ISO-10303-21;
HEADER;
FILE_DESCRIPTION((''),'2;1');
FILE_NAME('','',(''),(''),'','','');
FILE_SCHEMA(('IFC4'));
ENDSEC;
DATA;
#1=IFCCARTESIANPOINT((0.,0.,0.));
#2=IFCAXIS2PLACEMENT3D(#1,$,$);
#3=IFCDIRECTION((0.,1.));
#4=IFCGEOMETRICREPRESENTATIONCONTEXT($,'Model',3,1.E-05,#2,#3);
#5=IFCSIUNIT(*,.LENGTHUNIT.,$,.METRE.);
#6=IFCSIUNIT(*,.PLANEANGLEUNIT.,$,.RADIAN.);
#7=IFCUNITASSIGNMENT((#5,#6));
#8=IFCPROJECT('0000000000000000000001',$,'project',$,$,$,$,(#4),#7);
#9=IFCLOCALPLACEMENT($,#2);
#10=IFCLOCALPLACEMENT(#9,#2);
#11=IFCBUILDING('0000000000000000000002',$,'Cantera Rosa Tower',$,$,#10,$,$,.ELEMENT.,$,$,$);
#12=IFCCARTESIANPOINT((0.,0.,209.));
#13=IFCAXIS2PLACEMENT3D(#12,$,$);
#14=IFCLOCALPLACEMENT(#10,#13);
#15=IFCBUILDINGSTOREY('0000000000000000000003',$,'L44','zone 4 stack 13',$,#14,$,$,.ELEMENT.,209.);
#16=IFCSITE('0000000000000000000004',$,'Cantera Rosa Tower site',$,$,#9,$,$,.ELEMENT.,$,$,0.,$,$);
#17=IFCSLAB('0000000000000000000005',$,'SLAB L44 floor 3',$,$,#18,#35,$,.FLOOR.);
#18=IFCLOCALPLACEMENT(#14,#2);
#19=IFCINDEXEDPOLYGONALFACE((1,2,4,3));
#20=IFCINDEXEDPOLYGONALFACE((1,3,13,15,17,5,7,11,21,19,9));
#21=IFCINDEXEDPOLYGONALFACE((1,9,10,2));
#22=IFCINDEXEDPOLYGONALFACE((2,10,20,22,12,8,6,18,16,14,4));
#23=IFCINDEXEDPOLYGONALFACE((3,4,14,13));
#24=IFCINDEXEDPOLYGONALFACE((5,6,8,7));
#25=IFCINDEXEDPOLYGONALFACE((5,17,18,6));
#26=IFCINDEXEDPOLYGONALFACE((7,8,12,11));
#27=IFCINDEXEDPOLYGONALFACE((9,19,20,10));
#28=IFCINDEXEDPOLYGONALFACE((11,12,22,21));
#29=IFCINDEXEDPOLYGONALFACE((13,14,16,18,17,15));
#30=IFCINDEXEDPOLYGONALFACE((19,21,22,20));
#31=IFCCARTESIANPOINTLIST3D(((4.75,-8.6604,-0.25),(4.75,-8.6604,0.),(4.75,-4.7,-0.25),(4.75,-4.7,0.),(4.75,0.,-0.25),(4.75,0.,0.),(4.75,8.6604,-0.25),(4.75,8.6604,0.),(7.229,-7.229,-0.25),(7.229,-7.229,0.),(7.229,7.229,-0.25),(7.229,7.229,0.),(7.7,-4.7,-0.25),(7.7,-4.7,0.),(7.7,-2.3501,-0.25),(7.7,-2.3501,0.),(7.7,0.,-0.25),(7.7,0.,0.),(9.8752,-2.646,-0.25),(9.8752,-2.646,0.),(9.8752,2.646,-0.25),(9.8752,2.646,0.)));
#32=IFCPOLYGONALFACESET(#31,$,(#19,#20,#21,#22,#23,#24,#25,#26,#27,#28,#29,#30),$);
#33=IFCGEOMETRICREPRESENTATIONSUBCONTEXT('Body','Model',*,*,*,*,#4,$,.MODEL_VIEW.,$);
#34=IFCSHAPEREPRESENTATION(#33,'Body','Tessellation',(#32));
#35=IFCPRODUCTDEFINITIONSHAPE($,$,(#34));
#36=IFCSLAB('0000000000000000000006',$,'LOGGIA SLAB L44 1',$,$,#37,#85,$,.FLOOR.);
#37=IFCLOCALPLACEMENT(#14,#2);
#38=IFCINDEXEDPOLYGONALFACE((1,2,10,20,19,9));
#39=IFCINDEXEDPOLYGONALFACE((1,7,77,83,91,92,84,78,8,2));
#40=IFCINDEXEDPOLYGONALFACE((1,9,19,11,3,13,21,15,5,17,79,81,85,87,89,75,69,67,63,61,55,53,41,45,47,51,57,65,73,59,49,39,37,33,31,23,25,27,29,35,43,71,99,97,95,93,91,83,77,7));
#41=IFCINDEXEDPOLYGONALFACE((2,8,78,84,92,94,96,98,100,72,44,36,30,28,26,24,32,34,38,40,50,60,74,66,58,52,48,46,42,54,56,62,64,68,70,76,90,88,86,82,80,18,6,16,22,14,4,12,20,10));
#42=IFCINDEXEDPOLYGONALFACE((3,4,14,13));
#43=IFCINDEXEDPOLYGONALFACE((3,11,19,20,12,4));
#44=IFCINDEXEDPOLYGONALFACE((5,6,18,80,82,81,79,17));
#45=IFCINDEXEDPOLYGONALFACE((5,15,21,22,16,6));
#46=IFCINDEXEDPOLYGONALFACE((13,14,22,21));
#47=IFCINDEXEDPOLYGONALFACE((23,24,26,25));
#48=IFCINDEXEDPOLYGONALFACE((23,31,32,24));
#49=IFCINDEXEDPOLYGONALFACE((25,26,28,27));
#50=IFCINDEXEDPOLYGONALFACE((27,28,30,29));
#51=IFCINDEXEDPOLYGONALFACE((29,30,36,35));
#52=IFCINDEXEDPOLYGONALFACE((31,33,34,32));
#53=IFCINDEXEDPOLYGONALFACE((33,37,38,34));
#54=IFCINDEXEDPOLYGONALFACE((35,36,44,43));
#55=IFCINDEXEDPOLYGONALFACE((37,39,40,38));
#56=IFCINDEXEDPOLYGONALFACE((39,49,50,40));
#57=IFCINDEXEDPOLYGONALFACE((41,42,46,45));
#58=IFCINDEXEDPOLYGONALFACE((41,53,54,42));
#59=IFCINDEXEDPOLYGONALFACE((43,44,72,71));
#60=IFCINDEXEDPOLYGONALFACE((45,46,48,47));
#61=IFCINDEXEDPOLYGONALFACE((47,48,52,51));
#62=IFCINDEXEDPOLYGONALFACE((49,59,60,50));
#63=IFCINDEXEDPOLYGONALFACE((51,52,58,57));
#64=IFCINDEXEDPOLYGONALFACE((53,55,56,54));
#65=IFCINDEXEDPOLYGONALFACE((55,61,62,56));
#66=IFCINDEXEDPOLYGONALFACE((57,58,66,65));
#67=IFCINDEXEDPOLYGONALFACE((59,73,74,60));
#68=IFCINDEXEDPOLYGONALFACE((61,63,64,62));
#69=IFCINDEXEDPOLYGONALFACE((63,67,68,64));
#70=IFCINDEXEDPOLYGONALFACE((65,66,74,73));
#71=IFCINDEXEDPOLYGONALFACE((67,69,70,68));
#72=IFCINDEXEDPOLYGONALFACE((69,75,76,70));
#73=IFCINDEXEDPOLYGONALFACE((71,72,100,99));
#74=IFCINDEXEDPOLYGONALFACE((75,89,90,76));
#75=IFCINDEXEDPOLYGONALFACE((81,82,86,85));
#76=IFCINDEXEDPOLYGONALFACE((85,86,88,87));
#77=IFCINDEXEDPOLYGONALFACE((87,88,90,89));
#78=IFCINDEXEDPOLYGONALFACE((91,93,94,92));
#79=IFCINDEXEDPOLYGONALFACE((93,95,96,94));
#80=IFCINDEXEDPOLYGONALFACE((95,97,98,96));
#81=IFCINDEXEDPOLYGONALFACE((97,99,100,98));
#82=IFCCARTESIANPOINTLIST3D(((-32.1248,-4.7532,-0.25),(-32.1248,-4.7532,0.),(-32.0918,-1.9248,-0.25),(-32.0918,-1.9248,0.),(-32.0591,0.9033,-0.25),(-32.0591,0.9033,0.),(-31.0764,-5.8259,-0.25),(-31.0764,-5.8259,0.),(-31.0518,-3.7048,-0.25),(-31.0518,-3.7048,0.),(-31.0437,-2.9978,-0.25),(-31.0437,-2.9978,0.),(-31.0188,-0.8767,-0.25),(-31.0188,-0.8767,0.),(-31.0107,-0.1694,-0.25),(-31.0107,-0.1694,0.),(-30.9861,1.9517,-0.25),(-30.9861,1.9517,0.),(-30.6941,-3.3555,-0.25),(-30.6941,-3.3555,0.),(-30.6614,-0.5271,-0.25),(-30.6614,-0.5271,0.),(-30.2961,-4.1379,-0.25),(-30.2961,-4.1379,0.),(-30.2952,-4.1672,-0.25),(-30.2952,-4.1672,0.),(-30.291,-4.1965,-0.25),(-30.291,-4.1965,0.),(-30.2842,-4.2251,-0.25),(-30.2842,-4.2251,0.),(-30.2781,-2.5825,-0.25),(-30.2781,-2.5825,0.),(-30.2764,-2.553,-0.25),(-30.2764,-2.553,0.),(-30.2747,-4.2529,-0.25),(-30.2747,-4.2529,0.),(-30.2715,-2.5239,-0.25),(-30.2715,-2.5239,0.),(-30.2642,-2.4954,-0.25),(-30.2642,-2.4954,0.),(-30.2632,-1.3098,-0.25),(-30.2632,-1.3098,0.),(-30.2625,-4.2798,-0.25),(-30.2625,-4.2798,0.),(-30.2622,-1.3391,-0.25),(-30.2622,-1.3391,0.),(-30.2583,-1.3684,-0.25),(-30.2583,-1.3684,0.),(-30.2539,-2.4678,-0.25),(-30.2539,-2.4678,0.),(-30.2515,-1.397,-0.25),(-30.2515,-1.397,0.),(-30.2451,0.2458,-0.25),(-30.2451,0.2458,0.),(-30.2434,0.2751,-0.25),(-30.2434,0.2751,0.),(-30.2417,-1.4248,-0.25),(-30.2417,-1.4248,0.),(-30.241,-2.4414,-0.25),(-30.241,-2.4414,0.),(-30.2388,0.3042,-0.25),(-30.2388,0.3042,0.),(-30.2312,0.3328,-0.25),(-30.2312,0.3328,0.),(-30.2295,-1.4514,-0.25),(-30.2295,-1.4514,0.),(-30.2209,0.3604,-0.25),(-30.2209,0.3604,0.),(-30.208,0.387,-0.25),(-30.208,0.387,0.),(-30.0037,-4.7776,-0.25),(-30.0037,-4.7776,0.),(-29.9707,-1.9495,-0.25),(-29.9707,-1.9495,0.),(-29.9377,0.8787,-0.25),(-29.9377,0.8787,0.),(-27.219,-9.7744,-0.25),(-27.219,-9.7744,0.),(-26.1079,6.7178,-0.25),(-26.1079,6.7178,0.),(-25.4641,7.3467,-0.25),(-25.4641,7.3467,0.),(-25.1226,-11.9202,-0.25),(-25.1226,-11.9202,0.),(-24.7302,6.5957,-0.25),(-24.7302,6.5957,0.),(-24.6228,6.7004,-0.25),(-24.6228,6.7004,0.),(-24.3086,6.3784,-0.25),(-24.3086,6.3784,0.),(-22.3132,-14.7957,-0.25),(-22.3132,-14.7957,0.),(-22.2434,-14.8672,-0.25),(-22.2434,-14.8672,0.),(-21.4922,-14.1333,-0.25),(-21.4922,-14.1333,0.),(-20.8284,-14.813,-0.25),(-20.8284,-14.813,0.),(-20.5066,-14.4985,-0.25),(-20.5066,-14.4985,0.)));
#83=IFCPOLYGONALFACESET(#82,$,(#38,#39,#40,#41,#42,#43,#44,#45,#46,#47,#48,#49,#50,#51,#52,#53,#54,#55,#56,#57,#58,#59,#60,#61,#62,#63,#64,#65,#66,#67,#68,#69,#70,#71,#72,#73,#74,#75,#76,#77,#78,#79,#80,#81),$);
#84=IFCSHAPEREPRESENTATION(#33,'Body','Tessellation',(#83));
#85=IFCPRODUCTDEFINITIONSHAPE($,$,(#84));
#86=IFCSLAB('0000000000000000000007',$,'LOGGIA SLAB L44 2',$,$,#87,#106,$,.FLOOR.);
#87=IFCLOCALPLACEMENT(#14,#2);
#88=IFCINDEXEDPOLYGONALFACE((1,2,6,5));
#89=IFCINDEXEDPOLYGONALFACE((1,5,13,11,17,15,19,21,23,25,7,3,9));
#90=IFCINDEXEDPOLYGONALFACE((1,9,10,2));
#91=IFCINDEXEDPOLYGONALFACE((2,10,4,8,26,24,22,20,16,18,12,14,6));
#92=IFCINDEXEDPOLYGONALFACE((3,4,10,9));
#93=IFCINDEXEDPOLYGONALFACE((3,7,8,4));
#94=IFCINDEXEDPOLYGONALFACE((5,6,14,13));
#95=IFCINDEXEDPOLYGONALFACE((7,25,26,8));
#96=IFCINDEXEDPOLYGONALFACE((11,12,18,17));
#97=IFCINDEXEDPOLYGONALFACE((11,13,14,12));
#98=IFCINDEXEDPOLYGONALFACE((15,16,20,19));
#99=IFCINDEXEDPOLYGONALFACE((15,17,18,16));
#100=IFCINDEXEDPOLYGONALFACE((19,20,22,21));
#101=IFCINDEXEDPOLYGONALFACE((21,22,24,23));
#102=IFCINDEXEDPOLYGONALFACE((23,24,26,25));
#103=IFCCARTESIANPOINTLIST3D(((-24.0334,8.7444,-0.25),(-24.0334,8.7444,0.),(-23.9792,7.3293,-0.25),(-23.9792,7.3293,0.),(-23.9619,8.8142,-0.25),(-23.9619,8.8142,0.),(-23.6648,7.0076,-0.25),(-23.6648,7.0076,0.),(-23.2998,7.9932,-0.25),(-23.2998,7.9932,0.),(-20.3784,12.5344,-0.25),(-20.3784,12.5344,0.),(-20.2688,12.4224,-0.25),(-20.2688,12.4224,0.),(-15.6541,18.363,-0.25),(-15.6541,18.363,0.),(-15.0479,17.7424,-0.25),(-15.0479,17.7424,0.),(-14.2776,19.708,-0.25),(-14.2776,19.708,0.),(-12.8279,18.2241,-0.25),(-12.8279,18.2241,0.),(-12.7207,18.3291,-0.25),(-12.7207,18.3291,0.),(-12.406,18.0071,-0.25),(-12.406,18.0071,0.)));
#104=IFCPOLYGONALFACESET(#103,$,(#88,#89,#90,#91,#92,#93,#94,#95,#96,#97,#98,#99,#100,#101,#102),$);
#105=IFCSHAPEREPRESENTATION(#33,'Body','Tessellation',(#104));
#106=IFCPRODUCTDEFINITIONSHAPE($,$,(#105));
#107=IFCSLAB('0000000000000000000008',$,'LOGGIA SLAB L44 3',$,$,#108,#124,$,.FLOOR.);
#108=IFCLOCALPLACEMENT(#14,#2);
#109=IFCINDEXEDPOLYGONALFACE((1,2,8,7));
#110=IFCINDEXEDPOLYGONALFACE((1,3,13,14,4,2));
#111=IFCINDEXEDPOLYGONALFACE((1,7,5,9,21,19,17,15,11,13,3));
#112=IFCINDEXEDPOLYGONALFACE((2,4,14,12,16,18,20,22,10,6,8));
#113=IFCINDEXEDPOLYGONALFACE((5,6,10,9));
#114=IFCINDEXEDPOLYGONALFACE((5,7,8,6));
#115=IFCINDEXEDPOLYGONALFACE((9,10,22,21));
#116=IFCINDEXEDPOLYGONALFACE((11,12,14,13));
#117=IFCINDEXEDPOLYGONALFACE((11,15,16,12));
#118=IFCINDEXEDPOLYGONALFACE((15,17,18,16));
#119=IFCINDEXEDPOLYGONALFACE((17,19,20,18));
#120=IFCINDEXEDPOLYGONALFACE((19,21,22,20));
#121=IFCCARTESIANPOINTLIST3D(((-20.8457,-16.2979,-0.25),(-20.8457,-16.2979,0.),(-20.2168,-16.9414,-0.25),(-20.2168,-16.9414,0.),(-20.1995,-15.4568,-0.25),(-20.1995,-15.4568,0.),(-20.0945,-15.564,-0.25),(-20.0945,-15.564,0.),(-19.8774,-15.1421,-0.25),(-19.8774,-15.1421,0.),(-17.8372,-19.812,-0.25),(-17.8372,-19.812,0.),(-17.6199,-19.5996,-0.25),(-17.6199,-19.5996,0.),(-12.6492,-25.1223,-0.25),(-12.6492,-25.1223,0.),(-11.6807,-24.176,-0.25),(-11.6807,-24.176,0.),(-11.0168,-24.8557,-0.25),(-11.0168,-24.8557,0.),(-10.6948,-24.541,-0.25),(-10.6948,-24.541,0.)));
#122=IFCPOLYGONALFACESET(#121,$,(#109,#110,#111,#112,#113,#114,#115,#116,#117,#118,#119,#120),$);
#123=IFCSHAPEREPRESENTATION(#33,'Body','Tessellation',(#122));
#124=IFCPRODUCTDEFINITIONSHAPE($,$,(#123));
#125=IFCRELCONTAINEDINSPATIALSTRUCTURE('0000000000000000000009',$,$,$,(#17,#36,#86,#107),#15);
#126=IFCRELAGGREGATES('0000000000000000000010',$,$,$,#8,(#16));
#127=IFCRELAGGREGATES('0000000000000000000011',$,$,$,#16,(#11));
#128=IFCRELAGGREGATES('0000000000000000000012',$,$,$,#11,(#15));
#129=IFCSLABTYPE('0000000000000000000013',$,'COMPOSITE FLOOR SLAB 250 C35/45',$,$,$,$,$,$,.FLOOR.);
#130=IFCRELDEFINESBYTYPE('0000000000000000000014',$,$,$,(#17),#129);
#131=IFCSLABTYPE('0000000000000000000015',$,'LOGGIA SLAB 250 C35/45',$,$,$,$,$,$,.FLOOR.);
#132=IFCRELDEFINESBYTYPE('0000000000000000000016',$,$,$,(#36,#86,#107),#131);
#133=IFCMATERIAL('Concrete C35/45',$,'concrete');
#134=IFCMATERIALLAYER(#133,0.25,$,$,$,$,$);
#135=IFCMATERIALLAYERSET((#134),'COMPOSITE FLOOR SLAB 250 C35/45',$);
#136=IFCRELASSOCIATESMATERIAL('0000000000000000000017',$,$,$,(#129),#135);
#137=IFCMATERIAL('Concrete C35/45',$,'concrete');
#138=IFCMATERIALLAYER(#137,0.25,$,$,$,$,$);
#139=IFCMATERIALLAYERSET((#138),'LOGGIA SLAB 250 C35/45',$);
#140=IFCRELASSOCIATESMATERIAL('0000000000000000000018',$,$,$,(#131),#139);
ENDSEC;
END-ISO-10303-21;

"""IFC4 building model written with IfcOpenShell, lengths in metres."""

from ifc_helpers import new_model, si_unit, direction, frame, origin, place, context, subcontext, project, spatial, polyline, outline, extrude, material, layer, layer_set, type_object, element, save


model = new_model("IFC4")

# Units and contexts
model_context = context("Model", 3, precision=1e-05, world=origin(), true_north=direction((0.0, 1.0)))
body_context = subcontext(model_context, "Body", "Model", "MODEL_VIEW")
ifc_project = project(units=[si_unit("LENGTHUNIT", "METRE"), si_unit("PLANEANGLEUNIT", "RADIAN")], contexts=[model_context])

# Site, building, storey
site_placement = place(None, origin())
site = spatial("IfcSite", under=ifc_project, at=site_placement, Name="Cantera Rosa Tower site", CompositionType="ELEMENT", RefElevation=0.0)
building_placement = place(site_placement, origin())
building = spatial("IfcBuilding", under=site, at=building_placement, Name="Cantera Rosa Tower", CompositionType="ELEMENT")
storey_placement = place(building_placement, frame((0.0, 0.0, 209.0)))
storey = spatial("IfcBuildingStorey", under=building, at=storey_placement, Name="L44", Description="zone 4 stack 13", CompositionType="ELEMENT", Elevation=209.0)

# Slabs
ifc_material_1 = material(Name="Concrete C35/45", Category="concrete")
ifc_layer_1 = layer(ifc_material_1, 0.25)
ifc_layer_set_1 = layer_set([ifc_layer_1], Name="COMPOSITE FLOOR SLAB 250 C35/45")
slab_type_1 = type_object("IfcSlabType", Name="COMPOSITE FLOOR SLAB 250 C35/45", PredefinedType="FLOOR", material=ifc_layer_set_1)
slab_1_placement = place(storey_placement, frame((0.0, 0.0, -0.25)))
element("IfcSlab", 1, at=slab_1_placement, inside=storey, type_object=slab_type_1, Name="SLAB L44 floor 3", PredefinedType="FLOOR", context=body_context, shape_type="SweptSolid", body=[
    extrude(outline(polyline([(7.7, -2.3501), (7.7, 0.0), (4.75, 0.0), (4.75, 8.6604), (7.229, 7.229), (9.8752, 2.646), (9.8752, -2.646), (7.229, -7.229), (4.75, -8.6604), (4.75, -4.7), (7.7, -4.7), (7.7, -2.3501)])), origin(), (0.0, 0.0, 1.0), 0.25),
])
ifc_material_2 = material(Name="Concrete C35/45", Category="concrete")
ifc_layer_2 = layer(ifc_material_2, 0.25)
ifc_layer_set_2 = layer_set([ifc_layer_2], Name="LOGGIA SLAB 250 C35/45")
slab_type_2 = type_object("IfcSlabType", Name="LOGGIA SLAB 250 C35/45", PredefinedType="FLOOR", material=ifc_layer_set_2)
slab_2_placement = place(storey_placement, frame((0.0, 0.0, -0.25)))
element("IfcSlab", 2, at=slab_2_placement, inside=storey, type_object=slab_type_2, Name="LOGGIA SLAB L44 1", PredefinedType="FLOOR", context=body_context, shape_type="SweptSolid", body=[
    extrude(outline(polyline([(-27.219, -9.7744), (-31.0764, -5.8259), (-32.1248, -4.7532), (-31.0518, -3.7048), (-30.6941, -3.3555), (-31.0437, -2.9978), (-32.0918, -1.9248), (-31.0188, -0.8767), (-30.6614, -0.5271), (-31.0107, -0.1694), (-32.0591, 0.9033), (-30.9861, 1.9517), (-26.1079, 6.7178), (-25.4641, 7.3467), (-24.7302, 6.5957), (-24.6228, 6.7004), (-24.3086, 6.3784), (-29.9377, 0.8787), (-30.208, 0.387), (-30.2209, 0.3604), (-30.2312, 0.3328), (-30.2388, 0.3042), (-30.2434, 0.2751), (-30.2451, 0.2458), (-30.2632, -1.3098), (-30.2622, -1.3391), (-30.2583, -1.3684), (-30.2515, -1.397), (-30.2417, -1.4248), (-30.2295, -1.4514), (-29.9707, -1.9495), (-30.241, -2.4414), (-30.2539, -2.4678), (-30.2642, -2.4954), (-30.2715, -2.5239), (-30.2764, -2.553), (-30.2781, -2.5825), (-30.2961, -4.1379), (-30.2952, -4.1672), (-30.291, -4.1965), (-30.2842, -4.2251), (-30.2747, -4.2529), (-30.2625, -4.2798), (-30.0037, -4.7776), (-20.5066, -14.4985), (-20.8284, -14.813), (-21.4922, -14.1333), (-22.2434, -14.8672), (-22.3132, -14.7957), (-25.1226, -11.9202), (-27.219, -9.7744)])), origin(), (0.0, 0.0, 1.0), 0.25),
])
slab_3_placement = place(storey_placement, frame((0.0, 0.0, -0.25)))
element("IfcSlab", 3, at=slab_3_placement, inside=storey, type_object=slab_type_2, Name="LOGGIA SLAB L44 2", PredefinedType="FLOOR", context=body_context, shape_type="SweptSolid", body=[
    extrude(outline(polyline([(-20.3784, 12.5344), (-15.0479, 17.7424), (-15.6541, 18.363), (-14.2776, 19.708), (-12.8279, 18.2241), (-12.7207, 18.3291), (-12.406, 18.0071), (-23.6648, 7.0076), (-23.9792, 7.3293), (-23.2998, 7.9932), (-24.0334, 8.7444), (-23.9619, 8.8142), (-20.2688, 12.4224), (-20.3784, 12.5344)])), origin(), (0.0, 0.0, 1.0), 0.25),
])
slab_4_placement = place(storey_placement, frame((0.0, 0.0, -0.25)))
element("IfcSlab", 4, at=slab_4_placement, inside=storey, type_object=slab_type_2, Name="LOGGIA SLAB L44 3", PredefinedType="FLOOR", context=body_context, shape_type="SweptSolid", body=[
    extrude(outline(polyline([(-20.2168, -16.9414), (-20.8457, -16.2979), (-20.0945, -15.564), (-20.1995, -15.4568), (-19.8774, -15.1421), (-10.6948, -24.541), (-11.0168, -24.8557), (-11.6807, -24.176), (-12.6492, -25.1223), (-17.8372, -19.812), (-17.6199, -19.5996), (-20.2168, -16.9414)])), origin(), (0.0, 0.0, 1.0), 0.25),
])

save(model, "model.ifc")
